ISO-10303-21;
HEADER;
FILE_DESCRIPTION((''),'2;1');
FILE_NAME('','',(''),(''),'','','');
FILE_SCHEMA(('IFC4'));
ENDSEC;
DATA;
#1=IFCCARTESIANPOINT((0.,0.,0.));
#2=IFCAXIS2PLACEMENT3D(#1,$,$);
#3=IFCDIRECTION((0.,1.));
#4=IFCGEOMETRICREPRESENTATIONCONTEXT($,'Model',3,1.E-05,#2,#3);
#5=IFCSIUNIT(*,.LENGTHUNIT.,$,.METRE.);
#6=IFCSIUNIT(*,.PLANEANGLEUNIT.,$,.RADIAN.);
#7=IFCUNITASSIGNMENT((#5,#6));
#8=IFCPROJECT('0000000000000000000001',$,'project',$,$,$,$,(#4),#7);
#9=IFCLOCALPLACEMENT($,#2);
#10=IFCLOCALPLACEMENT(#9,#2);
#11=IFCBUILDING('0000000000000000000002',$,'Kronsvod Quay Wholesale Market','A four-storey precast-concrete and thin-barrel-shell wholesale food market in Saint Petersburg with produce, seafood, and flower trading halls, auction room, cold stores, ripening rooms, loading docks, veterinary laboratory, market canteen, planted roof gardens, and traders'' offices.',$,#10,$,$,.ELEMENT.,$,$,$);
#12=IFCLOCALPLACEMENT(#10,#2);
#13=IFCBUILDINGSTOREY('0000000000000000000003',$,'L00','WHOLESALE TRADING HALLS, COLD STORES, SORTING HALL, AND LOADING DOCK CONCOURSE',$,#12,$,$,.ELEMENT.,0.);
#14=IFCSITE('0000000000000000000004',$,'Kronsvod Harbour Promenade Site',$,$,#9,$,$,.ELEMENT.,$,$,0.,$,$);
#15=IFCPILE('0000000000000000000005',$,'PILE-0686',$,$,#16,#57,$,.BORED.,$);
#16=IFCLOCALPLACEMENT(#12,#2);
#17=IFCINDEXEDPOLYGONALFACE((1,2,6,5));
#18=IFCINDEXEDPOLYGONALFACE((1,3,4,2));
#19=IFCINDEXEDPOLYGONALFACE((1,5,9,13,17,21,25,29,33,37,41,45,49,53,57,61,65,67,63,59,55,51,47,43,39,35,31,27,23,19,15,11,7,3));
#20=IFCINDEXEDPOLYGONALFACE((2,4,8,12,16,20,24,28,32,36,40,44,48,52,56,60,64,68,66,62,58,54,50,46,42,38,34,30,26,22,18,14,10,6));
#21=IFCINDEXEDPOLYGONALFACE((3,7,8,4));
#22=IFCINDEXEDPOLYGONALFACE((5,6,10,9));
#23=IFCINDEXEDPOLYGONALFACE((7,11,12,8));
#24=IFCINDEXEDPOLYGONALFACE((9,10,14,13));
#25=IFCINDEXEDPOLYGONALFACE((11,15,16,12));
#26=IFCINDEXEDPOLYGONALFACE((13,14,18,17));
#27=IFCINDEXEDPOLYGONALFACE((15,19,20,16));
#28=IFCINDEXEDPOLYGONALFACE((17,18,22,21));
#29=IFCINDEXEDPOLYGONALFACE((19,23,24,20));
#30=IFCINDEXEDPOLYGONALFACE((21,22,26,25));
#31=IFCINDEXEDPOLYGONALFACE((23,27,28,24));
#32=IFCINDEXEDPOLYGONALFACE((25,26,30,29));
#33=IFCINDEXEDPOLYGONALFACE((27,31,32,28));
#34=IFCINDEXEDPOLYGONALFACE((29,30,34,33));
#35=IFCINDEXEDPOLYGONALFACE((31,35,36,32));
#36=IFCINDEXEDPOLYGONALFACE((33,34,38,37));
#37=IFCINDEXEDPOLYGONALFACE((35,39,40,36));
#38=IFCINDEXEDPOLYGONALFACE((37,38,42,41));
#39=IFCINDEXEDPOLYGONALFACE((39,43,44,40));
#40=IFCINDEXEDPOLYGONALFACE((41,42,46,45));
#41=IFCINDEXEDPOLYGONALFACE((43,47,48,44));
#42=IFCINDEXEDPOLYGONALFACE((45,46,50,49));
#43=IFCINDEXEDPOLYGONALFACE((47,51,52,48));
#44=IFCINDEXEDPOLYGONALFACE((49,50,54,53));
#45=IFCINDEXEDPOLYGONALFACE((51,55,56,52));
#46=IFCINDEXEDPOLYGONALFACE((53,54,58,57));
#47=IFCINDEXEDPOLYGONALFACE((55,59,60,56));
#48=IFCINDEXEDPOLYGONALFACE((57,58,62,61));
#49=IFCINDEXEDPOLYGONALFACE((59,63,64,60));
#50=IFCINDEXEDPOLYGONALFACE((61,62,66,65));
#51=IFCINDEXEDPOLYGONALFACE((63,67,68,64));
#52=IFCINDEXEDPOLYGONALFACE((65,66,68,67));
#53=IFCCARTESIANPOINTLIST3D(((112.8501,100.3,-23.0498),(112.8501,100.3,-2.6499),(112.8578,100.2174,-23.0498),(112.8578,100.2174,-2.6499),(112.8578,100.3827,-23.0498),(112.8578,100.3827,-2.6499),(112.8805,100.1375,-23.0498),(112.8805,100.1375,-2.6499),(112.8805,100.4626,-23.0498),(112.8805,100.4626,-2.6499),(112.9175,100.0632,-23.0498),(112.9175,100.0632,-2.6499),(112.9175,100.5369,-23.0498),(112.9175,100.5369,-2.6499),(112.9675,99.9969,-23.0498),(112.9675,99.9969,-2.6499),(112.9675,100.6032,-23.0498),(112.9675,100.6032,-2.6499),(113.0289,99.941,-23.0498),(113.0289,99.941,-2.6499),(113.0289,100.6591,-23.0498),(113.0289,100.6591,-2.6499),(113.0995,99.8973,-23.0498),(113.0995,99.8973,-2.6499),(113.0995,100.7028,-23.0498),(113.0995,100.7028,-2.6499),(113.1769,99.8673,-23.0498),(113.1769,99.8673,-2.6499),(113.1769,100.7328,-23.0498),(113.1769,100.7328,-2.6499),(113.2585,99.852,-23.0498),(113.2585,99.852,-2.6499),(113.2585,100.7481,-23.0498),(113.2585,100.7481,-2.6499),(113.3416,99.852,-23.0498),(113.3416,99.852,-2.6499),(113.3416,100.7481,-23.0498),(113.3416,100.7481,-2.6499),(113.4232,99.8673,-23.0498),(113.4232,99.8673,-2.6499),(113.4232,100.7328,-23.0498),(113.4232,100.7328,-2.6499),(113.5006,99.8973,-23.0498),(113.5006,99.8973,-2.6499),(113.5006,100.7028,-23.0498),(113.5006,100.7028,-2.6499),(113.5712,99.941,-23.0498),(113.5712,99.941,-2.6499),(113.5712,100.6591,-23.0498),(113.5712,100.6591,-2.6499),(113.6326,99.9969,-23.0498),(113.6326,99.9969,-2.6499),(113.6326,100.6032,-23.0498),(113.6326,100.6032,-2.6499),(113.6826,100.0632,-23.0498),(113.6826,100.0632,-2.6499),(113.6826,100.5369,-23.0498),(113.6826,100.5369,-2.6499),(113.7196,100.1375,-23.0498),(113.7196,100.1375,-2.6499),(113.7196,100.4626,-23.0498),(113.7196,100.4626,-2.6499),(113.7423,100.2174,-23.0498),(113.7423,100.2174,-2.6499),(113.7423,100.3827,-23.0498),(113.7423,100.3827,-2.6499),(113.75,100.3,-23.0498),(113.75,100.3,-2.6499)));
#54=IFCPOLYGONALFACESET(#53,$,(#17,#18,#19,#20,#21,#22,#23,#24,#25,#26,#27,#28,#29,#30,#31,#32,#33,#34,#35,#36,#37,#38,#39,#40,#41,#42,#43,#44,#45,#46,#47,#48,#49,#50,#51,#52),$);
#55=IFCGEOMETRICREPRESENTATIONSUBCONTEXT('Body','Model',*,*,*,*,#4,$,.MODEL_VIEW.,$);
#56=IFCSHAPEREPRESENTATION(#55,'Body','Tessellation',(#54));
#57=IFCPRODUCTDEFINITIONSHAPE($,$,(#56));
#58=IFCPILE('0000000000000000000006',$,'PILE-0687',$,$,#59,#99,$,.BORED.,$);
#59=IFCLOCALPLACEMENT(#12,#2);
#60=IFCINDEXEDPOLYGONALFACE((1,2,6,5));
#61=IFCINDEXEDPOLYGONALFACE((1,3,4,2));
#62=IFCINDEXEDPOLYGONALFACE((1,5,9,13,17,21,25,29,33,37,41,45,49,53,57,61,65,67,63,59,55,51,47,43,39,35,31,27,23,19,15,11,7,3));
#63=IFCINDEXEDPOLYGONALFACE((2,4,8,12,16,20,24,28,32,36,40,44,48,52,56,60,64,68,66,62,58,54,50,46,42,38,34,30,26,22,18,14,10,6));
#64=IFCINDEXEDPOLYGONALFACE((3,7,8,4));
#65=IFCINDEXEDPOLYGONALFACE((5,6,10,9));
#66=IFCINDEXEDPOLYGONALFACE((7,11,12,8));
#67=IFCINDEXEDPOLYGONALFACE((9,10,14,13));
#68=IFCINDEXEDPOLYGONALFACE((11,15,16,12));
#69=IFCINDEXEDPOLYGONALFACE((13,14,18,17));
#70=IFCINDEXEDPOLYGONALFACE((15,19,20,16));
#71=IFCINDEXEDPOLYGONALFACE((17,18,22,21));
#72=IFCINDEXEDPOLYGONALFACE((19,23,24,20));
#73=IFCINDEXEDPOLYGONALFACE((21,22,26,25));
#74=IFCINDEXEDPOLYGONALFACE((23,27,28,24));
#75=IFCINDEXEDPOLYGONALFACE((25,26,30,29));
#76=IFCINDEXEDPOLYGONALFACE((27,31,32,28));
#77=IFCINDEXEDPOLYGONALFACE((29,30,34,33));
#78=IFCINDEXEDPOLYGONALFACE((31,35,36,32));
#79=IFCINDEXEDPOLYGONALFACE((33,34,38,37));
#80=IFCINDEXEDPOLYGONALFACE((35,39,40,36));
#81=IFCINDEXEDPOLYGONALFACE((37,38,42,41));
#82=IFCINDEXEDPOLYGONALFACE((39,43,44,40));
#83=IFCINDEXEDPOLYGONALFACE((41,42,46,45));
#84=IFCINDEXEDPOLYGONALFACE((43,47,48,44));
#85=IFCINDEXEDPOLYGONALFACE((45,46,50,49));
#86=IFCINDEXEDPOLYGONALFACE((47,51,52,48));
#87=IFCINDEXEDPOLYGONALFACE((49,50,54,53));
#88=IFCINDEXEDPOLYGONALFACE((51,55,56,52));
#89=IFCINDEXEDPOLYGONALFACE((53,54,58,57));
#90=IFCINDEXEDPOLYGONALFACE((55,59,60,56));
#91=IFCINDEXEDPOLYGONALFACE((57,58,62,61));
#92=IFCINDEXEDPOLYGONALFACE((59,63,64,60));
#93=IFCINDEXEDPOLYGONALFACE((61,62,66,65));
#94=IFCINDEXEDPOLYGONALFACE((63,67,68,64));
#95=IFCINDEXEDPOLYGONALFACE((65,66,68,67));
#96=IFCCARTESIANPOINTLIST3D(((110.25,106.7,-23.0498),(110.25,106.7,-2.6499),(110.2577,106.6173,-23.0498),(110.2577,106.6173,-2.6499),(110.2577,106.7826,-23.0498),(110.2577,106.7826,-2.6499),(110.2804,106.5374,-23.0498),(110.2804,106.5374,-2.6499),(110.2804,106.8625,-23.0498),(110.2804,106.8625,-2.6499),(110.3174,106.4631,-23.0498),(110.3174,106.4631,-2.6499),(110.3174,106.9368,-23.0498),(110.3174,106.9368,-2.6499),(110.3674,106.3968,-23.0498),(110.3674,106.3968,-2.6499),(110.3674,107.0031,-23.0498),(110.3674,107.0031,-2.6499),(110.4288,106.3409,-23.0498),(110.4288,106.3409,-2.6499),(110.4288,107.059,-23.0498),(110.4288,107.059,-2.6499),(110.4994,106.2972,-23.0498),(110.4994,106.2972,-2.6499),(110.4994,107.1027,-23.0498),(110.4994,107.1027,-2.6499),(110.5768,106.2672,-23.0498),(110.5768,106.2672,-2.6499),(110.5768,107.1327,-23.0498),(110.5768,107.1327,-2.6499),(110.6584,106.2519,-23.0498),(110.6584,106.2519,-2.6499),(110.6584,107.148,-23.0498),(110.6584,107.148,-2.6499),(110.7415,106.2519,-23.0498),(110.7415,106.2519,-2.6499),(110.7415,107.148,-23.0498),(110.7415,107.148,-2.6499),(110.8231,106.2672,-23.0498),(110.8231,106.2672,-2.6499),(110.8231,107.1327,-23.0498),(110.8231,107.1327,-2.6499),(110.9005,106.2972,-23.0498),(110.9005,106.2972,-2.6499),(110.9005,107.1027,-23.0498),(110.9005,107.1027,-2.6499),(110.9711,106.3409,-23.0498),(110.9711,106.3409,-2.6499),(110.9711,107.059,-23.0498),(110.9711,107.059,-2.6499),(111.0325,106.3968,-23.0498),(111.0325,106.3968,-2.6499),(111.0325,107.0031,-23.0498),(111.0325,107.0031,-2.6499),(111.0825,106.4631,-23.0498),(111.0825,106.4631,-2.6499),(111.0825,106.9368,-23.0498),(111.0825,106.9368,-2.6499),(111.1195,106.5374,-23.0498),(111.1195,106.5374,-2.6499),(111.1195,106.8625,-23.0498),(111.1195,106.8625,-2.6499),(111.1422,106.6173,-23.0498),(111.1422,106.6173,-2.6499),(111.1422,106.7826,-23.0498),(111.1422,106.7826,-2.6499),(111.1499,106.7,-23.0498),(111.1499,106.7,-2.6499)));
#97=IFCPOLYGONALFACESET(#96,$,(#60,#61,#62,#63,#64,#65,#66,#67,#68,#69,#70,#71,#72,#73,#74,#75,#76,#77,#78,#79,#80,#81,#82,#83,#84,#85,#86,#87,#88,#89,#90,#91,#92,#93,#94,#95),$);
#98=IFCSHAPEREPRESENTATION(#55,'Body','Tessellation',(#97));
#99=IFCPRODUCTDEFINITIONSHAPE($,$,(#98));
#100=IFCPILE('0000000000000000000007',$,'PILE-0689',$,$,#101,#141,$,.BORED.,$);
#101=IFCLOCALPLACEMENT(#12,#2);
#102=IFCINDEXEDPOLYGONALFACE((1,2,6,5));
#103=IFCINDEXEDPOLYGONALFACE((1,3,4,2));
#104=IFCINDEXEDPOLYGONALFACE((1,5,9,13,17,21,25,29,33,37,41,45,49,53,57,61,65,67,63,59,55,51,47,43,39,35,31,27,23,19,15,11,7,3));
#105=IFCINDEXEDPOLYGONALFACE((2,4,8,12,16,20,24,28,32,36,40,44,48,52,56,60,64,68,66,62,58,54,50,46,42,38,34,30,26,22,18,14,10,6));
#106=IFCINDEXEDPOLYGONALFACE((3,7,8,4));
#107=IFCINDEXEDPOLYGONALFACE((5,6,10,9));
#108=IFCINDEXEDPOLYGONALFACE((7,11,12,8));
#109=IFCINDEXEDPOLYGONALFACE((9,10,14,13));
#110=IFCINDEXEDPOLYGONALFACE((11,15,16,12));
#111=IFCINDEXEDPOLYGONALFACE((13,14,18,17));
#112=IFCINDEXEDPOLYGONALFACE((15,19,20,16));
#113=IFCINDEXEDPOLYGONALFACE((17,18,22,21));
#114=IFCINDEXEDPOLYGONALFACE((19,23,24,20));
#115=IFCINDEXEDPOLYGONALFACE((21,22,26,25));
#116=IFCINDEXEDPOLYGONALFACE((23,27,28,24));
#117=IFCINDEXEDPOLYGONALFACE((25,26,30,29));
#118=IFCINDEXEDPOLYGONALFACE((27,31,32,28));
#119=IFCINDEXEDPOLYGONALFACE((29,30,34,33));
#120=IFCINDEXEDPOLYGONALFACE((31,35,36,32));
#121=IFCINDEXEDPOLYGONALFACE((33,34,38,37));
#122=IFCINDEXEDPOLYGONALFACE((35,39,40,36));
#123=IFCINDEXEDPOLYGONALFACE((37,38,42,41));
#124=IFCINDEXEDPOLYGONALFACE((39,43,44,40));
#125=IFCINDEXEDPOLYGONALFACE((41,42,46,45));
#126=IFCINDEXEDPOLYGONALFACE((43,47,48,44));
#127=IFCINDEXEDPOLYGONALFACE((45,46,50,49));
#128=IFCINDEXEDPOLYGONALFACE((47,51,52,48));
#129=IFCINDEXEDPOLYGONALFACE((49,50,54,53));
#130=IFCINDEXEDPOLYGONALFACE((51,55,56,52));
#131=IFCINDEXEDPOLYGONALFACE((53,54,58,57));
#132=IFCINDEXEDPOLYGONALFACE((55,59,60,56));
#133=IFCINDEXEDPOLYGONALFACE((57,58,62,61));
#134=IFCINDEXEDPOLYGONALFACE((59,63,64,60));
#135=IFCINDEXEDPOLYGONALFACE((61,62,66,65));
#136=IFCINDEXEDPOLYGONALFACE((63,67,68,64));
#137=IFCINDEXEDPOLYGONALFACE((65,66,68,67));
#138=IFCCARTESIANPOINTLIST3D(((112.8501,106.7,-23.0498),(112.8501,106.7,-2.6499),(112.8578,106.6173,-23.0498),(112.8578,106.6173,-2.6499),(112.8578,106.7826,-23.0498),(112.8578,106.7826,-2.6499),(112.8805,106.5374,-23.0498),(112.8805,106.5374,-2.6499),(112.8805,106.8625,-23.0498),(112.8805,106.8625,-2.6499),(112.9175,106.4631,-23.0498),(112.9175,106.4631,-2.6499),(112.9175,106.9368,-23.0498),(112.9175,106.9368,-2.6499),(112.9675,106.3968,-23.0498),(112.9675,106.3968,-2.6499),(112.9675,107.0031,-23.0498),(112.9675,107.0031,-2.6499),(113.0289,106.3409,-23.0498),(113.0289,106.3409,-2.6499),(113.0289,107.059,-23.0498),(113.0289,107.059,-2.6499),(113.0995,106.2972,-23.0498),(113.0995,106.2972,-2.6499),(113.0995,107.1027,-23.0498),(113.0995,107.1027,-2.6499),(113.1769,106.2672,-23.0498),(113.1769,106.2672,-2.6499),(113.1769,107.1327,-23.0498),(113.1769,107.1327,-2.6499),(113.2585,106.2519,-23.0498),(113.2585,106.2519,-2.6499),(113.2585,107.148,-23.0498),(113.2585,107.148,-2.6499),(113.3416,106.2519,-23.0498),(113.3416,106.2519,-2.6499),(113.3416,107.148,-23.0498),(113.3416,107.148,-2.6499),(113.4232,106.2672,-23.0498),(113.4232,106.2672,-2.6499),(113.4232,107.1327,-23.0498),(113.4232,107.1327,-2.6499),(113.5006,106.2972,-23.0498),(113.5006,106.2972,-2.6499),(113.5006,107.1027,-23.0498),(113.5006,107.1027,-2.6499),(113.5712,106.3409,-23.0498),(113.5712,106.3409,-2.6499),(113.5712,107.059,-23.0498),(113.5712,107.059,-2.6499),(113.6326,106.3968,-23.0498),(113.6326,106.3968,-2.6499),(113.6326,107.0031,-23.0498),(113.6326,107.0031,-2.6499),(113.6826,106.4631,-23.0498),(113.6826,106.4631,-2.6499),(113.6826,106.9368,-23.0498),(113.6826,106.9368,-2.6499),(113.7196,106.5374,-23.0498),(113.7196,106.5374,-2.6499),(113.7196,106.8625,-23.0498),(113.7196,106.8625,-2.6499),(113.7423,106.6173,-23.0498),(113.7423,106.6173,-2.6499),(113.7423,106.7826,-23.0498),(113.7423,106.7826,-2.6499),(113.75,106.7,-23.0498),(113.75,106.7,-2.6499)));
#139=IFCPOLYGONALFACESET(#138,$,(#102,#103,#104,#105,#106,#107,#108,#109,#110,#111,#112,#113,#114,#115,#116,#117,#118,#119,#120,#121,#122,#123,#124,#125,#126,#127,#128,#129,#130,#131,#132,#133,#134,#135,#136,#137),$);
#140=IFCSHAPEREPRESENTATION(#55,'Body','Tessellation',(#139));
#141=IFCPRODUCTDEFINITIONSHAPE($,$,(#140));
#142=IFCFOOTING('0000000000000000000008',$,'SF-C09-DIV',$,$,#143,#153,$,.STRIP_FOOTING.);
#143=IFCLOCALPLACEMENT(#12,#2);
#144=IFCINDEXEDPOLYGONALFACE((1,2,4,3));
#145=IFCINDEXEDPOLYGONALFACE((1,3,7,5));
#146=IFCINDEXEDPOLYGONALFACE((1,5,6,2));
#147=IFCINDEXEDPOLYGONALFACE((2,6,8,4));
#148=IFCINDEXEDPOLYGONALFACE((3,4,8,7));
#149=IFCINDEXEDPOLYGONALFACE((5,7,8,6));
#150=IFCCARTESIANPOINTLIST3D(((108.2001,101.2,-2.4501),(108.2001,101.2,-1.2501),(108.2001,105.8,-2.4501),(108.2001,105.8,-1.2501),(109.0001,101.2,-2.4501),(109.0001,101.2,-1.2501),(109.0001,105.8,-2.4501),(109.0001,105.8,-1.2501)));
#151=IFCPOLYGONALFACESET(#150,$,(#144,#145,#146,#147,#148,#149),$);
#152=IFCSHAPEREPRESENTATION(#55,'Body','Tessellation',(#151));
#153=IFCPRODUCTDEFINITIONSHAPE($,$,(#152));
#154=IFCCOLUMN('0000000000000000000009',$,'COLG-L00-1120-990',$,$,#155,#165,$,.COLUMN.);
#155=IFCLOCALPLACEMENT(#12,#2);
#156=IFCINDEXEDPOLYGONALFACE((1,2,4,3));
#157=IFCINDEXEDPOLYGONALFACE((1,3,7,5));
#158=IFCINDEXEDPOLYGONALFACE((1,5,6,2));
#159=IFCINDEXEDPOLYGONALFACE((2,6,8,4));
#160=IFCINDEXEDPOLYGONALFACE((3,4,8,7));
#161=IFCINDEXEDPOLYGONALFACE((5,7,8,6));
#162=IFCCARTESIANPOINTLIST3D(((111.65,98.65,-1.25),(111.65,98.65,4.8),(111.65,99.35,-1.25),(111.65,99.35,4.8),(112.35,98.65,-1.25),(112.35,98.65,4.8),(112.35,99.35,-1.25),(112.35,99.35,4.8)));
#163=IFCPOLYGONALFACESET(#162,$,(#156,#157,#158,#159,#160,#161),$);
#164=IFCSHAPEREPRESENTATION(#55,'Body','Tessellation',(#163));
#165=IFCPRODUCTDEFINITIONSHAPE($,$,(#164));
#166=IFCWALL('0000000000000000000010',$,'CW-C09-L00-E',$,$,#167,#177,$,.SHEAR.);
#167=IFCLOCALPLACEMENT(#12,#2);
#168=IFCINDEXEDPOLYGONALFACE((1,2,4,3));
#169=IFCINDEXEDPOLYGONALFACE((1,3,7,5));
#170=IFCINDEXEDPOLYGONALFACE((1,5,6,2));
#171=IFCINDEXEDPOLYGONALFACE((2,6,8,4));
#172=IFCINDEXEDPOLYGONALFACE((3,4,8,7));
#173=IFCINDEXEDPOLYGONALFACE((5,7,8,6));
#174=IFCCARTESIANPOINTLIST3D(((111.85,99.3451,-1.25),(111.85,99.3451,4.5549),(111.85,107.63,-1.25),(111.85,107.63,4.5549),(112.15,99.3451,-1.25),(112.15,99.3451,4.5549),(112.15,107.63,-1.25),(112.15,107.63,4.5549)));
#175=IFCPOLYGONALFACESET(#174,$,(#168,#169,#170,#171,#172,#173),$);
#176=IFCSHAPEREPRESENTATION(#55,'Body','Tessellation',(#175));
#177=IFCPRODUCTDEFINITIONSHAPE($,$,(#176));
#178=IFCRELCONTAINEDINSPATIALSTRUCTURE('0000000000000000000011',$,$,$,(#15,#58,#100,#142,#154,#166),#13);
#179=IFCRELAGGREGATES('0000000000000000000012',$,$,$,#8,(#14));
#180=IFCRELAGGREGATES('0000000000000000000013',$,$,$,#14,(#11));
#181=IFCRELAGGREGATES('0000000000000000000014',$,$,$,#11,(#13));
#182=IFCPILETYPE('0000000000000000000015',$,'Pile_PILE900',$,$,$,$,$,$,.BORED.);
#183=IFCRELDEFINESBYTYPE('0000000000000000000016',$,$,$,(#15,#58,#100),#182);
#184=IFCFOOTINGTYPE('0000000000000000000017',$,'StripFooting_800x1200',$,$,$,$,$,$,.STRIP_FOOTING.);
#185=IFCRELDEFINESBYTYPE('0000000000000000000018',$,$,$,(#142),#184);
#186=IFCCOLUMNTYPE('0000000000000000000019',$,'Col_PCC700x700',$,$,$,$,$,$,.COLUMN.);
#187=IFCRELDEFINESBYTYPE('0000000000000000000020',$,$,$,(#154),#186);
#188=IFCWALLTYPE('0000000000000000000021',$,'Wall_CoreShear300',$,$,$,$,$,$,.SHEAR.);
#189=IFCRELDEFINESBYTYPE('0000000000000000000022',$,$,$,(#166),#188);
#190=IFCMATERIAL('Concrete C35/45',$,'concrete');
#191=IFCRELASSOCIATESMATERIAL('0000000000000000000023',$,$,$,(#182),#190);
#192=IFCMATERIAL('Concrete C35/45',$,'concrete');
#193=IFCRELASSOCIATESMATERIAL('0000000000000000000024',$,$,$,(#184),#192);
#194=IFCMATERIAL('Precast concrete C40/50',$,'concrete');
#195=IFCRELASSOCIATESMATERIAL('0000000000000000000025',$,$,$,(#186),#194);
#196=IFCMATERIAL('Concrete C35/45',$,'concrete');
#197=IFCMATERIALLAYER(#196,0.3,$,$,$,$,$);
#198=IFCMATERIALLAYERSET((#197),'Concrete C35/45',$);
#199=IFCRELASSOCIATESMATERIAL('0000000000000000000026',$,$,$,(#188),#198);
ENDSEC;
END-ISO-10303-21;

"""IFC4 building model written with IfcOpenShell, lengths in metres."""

from ifc_helpers import new_model, si_unit, direction, frame, frame_2d, origin, origin_2d, place, context, subcontext, project, spatial, rectangle, circle, extrude, material, layer, layer_set, material_profile, profile_set, type_object, element, save


model = new_model("IFC4")

# Units and contexts
model_context = context("Model", 3, precision=1e-05, world=origin(), true_north=direction((0.0, 1.0)))
body_context = subcontext(model_context, "Body", "Model", "MODEL_VIEW")
ifc_project = project(units=[si_unit("LENGTHUNIT", "METRE"), si_unit("PLANEANGLEUNIT", "RADIAN")], contexts=[model_context])

# Site, building, storey
site_placement = place(None, origin())
site = spatial("IfcSite", under=ifc_project, at=site_placement, Name="Kronsvod Harbour Promenade Site", CompositionType="ELEMENT", RefElevation=0.0)
building_placement = place(site_placement, origin())
building = spatial("IfcBuilding", under=site, at=building_placement, Name="Kronsvod Quay Wholesale Market", Description="A four-storey precast-concrete and thin-barrel-shell wholesale food market in Saint Petersburg with produce, seafood, and flower trading halls, auction room, cold stores, ripening rooms, loading docks, veterinary laboratory, market canteen, planted roof gardens, and traders' offices.", CompositionType="ELEMENT")
storey_placement = place(building_placement, origin())
storey = spatial("IfcBuildingStorey", under=building, at=storey_placement, Name="L00", Description="WHOLESALE TRADING HALLS, COLD STORES, SORTING HALL, AND LOADING DOCK CONCOURSE", CompositionType="ELEMENT", Elevation=0.0)

# Piles
ifc_material_1 = material(Name="Concrete C35/45", Category="concrete")
ifc_material_profile_1 = material_profile(ifc_material_1, circle(Radius=0.45, at=origin_2d()), Name="PILE900")
ifc_profile_set_1 = profile_set([ifc_material_profile_1], Name="Concrete C35/45")
pile_type = type_object("IfcPileType", Name="Pile_PILE900", PredefinedType="BORED", material=ifc_profile_set_1)
for number, where, z_axis, x_axis, name in (
    (1, (113.3, 100.3, -2.6499), (0.0, 0.0, -1.0), (1.0, 0.0, 0.0), "PILE-0686"),
    (2, (110.7, 106.7, -2.6499), (0.0, 0.0, -1.0), (1.0, 0.0, 0.0), "PILE-0687"),
    (3, (113.3, 106.7, -2.6499), (0.0, 0.0, -1.0), (1.0, 0.0, 0.0), "PILE-0689"),
):
    element("IfcPile", number, at=place(storey_placement, frame(where, z_axis=z_axis, x_axis=x_axis)), inside=storey, type_object=pile_type, Name=name, PredefinedType="BORED", context=body_context, shape_type="SweptSolid", body=[
        extrude(circle(Radius=0.45, at=origin_2d()), origin(), (0.0, 0.0, 1.0), 20.3999),
    ])

# Footing
ifc_material_2 = material(Name="Concrete C35/45", Category="concrete")
ifc_material_profile_2 = material_profile(ifc_material_2, rectangle(XDim=0.8, YDim=1.2, at=origin_2d()), Name="SF-01")
ifc_profile_set_2 = profile_set([ifc_material_profile_2], Name="Concrete C35/45")
footing_type_1 = type_object("IfcFootingType", Name="StripFooting_800x1200", PredefinedType="STRIP_FOOTING", material=ifc_profile_set_2)
footing_1_placement = place(storey_placement, frame((108.6001, 101.2, -1.8501), z_axis=(0.0, 1.0, 0.0), x_axis=(-1.0, 0.0, 0.0)))
element("IfcFooting", 4, at=footing_1_placement, inside=storey, type_object=footing_type_1, Name="SF-C09-DIV", PredefinedType="STRIP_FOOTING", context=body_context, shape_type="SweptSolid", body=[
    extrude(rectangle(XDim=0.8, YDim=1.2, at=origin_2d()), origin(), (0.0, 0.0, 1.0), 4.6001),
])

# Column
ifc_material_3 = material(Name="Precast concrete C40/50", Category="concrete")
ifc_material_profile_3 = material_profile(ifc_material_3, rectangle(XDim=0.7, YDim=0.7, at=origin_2d()), Name="PCC700x700")
ifc_profile_set_3 = profile_set([ifc_material_profile_3], Name="Precast concrete C40/50")
column_type = type_object("IfcColumnType", Name="Col_PCC700x700", PredefinedType="COLUMN", material=ifc_profile_set_3)
column_placement = place(storey_placement, frame((112.0, 99.0, -1.25), z_axis=(0.0, 0.0, 1.0), x_axis=(1.0, 0.0, 0.0)))
element("IfcColumn", 5, at=column_placement, inside=storey, type_object=column_type, Name="COLG-L00-1120-990", PredefinedType="COLUMN", context=body_context, shape_type="SweptSolid", body=[
    extrude(rectangle(XDim=0.7, YDim=0.7, at=origin_2d()), origin(), (0.0, 0.0, 1.0), 6.05),
])

# Wall
ifc_material_4 = material(Name="Concrete C35/45", Category="concrete")
ifc_layer_1 = layer(ifc_material_4, 0.3)
ifc_layer_set_1 = layer_set([ifc_layer_1], Name="Concrete C35/45")
wall_type_1 = type_object("IfcWallType", Name="Wall_CoreShear300", PredefinedType="SHEAR", material=ifc_layer_set_1)
wall_1_placement = place(storey_placement, frame((112.0, 99.345, -1.25), z_axis=(0.0, 0.0, 1.0), x_axis=(0.0, 1.0, 0.0)))
element("IfcWall", 6, at=wall_1_placement, inside=storey, type_object=wall_type_1, Name="CW-C09-L00-E", PredefinedType="SHEAR", context=body_context, shape_type="SweptSolid", body=[
    extrude(rectangle(XDim=8.2849, YDim=0.3, at=frame_2d((4.1426, 0.0))), origin(), (0.0, 0.0, 1.0), 5.8049),
])

save(model, "model.ifc")
